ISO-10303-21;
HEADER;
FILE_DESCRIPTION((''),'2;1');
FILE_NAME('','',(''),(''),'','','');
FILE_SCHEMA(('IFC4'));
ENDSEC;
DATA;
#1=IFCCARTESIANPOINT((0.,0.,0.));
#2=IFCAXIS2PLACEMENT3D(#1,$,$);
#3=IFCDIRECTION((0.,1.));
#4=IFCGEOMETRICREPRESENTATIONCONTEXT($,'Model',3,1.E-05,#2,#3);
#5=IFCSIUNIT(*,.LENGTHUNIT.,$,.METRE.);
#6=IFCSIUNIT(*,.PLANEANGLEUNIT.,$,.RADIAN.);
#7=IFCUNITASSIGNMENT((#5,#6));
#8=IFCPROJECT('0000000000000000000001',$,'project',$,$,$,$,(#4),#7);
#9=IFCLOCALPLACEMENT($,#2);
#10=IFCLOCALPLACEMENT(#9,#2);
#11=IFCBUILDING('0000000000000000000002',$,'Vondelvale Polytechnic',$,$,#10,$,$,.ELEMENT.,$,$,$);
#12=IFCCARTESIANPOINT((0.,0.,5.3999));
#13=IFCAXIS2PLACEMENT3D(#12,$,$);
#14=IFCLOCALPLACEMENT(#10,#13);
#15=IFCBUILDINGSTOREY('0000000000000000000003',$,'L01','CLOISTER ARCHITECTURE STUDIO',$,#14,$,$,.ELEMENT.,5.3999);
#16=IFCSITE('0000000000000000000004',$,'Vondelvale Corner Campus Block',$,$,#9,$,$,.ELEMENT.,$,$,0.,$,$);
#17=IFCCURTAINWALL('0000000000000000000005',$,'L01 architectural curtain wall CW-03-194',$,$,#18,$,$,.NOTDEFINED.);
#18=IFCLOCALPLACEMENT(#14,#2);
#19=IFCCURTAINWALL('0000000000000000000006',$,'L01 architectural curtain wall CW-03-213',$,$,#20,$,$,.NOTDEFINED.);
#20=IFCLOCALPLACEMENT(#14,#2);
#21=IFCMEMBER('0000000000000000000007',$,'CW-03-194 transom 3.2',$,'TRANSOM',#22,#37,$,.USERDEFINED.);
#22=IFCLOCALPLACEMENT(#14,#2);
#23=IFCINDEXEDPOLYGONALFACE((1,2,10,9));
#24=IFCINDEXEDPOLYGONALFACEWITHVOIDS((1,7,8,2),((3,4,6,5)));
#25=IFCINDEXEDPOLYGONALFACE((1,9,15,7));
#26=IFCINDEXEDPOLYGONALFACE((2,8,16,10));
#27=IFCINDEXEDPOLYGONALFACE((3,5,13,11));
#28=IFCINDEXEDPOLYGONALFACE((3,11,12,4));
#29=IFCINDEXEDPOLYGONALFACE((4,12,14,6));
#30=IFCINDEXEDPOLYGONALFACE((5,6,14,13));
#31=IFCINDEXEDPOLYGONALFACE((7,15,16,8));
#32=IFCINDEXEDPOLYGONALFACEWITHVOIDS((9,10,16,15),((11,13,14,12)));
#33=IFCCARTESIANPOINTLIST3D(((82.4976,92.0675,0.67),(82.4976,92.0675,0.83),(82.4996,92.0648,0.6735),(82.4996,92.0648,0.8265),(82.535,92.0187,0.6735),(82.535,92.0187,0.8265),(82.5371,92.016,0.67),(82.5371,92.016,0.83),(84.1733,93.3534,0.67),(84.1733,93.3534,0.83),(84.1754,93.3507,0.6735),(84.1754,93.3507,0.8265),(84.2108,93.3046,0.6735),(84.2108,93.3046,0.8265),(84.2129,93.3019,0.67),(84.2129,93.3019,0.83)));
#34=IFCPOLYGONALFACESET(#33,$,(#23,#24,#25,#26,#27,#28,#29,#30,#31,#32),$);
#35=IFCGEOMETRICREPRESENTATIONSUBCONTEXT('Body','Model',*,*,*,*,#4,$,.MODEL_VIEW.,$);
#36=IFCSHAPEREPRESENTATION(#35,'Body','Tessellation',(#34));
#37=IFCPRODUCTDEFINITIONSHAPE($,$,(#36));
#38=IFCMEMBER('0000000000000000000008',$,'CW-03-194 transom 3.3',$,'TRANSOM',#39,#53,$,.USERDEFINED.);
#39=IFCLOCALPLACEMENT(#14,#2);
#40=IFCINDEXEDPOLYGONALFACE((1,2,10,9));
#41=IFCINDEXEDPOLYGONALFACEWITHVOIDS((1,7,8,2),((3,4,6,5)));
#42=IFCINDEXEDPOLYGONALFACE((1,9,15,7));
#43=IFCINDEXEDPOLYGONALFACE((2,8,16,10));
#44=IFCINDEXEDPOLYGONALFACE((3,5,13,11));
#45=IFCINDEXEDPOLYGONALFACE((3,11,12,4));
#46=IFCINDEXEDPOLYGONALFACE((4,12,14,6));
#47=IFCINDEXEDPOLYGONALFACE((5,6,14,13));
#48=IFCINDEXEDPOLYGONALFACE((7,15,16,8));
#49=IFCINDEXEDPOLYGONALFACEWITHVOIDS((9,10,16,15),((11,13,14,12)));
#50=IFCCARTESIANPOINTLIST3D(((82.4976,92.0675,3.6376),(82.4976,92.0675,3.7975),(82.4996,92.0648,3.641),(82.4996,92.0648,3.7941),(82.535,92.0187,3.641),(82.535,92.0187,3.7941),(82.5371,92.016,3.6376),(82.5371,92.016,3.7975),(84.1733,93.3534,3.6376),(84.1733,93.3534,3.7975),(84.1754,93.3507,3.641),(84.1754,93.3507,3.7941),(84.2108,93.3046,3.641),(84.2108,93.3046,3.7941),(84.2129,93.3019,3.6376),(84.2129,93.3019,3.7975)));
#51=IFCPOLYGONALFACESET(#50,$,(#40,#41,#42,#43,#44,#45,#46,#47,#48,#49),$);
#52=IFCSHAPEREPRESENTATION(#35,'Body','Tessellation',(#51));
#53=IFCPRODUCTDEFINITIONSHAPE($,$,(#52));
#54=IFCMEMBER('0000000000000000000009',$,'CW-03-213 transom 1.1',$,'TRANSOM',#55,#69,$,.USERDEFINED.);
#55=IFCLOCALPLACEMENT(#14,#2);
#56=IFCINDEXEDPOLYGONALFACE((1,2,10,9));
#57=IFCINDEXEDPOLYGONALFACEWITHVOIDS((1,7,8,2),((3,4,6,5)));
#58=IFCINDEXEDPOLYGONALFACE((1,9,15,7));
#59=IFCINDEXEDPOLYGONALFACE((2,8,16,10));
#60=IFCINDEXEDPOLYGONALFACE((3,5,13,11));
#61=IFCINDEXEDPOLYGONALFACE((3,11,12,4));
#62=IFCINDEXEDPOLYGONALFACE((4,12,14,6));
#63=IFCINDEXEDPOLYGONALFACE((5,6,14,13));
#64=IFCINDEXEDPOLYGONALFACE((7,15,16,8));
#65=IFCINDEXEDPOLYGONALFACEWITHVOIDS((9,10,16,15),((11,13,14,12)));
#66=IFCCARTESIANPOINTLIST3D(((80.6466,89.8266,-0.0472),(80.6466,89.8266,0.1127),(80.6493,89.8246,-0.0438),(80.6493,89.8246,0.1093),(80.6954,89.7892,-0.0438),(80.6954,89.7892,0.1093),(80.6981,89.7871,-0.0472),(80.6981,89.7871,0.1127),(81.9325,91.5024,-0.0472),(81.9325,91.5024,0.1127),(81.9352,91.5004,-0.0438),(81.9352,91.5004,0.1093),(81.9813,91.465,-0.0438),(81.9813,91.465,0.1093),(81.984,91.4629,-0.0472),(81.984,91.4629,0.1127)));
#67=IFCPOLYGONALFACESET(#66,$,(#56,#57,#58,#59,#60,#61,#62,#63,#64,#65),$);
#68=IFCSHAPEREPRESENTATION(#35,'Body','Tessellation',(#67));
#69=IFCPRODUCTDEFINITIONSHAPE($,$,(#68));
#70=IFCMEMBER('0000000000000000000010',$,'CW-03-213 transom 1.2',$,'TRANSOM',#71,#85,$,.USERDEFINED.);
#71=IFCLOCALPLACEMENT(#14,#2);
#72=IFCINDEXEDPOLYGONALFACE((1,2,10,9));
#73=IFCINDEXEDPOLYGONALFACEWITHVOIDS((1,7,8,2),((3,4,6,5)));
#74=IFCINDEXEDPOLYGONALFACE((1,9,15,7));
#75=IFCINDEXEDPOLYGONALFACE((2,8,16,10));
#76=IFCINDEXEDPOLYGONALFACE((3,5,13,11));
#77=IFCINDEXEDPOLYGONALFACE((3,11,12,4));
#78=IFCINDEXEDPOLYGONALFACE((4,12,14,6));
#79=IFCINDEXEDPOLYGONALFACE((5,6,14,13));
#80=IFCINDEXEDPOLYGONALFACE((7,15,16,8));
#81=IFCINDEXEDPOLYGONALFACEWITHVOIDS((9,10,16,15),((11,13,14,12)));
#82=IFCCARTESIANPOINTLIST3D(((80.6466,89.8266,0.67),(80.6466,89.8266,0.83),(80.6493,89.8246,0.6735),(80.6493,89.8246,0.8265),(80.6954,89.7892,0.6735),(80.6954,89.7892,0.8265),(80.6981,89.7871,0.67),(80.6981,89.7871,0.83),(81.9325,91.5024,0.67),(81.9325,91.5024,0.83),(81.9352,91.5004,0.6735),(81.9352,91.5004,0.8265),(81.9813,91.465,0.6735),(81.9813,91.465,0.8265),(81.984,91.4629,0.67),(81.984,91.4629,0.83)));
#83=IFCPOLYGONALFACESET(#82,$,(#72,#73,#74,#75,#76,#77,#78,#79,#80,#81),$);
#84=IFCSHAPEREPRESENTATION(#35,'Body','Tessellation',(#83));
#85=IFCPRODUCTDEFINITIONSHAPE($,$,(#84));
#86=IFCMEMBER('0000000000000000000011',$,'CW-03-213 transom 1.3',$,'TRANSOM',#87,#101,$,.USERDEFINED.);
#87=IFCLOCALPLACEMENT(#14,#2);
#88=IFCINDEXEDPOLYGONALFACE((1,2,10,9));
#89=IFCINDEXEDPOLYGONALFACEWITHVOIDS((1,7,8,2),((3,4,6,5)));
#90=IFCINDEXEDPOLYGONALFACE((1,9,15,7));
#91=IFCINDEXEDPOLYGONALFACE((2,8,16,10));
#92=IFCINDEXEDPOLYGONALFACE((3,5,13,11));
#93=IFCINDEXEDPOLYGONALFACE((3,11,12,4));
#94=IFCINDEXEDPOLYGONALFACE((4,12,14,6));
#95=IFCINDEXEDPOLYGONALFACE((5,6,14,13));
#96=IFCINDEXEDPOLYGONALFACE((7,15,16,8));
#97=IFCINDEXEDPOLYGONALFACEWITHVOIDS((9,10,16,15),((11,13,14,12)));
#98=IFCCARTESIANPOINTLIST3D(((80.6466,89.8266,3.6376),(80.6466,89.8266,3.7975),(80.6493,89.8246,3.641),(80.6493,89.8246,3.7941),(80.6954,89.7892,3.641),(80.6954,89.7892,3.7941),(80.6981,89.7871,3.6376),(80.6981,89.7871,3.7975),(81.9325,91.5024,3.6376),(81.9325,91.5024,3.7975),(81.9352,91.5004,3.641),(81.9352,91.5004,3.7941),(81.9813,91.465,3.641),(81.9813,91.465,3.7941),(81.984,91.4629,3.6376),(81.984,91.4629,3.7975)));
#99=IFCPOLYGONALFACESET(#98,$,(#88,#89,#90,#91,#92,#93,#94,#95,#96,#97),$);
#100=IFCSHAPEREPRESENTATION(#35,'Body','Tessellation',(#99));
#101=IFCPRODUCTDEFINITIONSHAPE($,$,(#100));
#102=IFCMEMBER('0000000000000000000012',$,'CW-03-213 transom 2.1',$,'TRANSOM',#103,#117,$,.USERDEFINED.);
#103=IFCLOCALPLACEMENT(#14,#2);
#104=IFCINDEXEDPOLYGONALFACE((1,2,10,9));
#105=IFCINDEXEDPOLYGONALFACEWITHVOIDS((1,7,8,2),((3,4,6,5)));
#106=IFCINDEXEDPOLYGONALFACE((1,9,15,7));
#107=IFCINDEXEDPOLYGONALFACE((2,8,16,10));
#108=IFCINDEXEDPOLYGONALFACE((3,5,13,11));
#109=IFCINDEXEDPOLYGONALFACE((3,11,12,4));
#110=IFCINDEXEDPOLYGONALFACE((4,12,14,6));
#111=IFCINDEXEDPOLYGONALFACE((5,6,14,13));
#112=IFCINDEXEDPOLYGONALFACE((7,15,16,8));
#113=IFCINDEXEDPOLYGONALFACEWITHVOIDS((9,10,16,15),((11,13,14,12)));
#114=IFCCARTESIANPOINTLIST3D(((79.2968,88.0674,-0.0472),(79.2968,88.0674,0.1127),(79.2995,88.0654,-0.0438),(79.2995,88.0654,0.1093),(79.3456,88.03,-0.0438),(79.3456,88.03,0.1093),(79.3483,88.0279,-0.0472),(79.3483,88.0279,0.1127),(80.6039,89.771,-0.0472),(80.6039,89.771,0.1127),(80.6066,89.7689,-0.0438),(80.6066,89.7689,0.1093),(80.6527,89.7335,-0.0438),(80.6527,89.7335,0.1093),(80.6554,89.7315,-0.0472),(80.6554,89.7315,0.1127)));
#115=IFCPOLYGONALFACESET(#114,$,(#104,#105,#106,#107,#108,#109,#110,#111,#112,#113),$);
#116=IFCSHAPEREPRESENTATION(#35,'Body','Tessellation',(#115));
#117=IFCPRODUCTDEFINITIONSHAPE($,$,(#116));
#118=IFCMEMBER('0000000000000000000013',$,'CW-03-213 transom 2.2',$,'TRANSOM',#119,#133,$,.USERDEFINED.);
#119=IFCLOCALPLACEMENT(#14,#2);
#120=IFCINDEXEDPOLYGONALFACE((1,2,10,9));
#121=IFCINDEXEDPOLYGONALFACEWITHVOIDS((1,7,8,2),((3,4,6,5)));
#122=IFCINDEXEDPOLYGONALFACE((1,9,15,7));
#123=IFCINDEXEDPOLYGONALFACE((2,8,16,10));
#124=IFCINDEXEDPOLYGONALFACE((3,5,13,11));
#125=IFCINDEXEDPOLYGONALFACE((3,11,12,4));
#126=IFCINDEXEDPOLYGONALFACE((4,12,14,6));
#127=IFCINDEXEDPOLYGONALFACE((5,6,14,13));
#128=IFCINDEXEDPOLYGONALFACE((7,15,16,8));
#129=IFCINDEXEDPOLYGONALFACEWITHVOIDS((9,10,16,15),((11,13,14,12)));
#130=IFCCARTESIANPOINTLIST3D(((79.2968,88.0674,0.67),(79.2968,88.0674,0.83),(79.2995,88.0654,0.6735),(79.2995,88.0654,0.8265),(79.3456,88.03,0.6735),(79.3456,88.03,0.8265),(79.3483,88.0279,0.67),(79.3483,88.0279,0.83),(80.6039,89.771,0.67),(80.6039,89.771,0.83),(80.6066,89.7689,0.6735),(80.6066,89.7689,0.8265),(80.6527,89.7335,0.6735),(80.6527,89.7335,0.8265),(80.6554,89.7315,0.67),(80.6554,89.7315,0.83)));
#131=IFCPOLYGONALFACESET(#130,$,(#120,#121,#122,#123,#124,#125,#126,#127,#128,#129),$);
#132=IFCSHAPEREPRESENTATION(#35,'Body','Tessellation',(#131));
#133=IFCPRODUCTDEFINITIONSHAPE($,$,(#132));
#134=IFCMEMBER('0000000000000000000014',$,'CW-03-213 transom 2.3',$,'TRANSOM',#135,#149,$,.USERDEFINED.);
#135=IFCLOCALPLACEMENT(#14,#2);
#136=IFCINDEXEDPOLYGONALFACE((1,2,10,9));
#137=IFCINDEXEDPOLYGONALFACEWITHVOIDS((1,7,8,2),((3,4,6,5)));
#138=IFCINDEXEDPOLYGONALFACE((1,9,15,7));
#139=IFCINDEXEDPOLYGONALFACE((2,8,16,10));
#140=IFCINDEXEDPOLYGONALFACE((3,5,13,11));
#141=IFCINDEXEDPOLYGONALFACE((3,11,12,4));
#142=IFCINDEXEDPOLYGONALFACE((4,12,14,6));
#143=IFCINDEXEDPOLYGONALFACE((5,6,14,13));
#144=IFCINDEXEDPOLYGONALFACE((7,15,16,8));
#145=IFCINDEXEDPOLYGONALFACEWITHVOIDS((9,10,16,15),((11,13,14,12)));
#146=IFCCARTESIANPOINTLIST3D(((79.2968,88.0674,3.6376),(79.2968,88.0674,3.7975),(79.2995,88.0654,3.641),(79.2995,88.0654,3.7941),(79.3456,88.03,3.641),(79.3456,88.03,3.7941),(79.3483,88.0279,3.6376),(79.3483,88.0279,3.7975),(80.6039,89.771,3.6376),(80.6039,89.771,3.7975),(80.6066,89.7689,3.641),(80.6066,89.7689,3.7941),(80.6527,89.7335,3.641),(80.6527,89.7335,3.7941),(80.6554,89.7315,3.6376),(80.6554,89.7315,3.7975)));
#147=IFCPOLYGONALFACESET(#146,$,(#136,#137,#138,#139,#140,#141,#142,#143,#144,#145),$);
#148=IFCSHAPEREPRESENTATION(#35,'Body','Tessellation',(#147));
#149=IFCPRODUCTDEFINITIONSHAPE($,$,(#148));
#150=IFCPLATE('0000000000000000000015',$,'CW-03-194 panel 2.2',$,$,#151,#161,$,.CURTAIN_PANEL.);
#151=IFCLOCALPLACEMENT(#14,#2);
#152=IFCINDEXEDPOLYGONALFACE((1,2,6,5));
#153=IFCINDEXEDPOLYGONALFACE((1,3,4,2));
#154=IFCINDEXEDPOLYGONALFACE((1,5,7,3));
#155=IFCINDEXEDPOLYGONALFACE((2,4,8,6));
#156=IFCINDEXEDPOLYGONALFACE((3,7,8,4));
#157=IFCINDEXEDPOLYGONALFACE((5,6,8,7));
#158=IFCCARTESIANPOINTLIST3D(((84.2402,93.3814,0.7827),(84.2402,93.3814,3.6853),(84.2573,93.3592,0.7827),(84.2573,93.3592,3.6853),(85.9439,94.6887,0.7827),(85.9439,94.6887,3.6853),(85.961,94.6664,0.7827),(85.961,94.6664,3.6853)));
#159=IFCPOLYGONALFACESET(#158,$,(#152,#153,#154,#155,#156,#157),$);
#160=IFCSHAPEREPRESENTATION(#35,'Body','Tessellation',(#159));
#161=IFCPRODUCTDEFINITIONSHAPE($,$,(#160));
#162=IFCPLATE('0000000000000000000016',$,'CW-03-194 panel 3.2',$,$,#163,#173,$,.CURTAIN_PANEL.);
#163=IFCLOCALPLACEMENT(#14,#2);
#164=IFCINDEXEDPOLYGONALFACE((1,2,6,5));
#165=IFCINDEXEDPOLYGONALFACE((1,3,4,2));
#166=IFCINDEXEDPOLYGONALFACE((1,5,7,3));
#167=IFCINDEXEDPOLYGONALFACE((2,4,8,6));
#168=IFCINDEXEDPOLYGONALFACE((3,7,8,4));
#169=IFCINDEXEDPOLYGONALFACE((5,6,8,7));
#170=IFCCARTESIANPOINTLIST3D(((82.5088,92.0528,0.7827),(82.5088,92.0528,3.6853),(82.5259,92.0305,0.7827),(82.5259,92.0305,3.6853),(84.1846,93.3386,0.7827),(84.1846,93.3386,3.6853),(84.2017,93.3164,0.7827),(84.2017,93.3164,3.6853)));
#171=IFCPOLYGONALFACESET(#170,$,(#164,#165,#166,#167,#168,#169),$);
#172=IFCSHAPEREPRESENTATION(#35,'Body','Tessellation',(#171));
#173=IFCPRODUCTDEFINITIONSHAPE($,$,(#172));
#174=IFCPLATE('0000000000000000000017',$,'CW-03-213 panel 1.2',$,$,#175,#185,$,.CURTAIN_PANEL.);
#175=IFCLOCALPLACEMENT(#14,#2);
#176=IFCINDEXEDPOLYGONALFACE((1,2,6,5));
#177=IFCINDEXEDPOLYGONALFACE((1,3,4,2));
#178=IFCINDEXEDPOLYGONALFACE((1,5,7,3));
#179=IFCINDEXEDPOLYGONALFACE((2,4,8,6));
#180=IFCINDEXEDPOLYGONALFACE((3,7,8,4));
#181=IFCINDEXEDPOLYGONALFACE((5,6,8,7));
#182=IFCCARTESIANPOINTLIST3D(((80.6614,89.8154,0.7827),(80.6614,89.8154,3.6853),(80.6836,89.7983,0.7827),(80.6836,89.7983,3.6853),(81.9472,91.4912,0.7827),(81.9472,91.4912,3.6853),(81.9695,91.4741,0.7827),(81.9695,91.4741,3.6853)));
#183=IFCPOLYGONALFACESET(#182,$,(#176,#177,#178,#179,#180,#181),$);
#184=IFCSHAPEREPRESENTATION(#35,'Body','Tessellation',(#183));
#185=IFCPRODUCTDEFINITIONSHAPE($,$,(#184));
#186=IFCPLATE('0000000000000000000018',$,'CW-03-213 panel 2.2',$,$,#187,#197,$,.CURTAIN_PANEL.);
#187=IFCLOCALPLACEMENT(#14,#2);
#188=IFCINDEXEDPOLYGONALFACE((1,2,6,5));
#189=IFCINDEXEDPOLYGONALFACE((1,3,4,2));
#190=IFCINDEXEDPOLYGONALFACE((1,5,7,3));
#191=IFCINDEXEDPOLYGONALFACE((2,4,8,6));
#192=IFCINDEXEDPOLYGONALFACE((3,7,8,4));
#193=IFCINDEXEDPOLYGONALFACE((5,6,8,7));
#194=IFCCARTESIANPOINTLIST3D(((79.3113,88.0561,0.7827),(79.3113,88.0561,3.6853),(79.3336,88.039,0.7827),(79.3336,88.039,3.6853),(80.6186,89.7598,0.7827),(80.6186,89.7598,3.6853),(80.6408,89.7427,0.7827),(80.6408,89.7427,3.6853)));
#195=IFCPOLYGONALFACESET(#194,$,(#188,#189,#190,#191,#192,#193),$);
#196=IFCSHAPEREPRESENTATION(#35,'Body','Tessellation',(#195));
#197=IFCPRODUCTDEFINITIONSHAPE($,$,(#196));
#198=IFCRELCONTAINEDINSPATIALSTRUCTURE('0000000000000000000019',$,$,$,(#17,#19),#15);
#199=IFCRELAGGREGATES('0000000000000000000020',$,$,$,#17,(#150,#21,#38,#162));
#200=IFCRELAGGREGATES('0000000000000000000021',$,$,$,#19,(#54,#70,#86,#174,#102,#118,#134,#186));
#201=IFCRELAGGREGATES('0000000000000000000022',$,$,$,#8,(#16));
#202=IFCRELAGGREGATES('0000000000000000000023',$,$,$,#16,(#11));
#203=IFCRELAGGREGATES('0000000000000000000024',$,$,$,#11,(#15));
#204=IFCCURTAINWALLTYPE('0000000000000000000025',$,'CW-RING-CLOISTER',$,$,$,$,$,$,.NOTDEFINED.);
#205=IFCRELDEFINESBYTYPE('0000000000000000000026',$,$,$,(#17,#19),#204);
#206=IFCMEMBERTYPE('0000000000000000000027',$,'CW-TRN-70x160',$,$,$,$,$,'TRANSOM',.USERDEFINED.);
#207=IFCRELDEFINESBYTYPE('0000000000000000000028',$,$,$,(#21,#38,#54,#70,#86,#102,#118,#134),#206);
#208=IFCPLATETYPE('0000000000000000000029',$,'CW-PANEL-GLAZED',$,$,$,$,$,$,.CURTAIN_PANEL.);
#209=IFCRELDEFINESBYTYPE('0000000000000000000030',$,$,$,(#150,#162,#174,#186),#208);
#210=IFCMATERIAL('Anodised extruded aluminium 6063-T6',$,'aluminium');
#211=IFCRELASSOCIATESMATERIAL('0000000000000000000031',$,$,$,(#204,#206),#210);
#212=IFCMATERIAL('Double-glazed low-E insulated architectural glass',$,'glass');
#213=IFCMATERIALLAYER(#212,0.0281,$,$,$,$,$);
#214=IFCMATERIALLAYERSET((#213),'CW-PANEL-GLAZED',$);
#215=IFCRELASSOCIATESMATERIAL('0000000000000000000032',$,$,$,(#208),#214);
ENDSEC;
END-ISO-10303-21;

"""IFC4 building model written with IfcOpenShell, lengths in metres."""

from ifc_helpers import new_model, si_unit, direction, frame, origin, origin_2d, place, context, subcontext, project, spatial, rectangle, hollow_rectangle, extrude, material, layer, layer_set, material_profile, profile_set, type_object, element, aggregate, save


model = new_model("IFC4")

# Units and contexts
model_context = context("Model", 3, precision=1e-05, world=origin(), true_north=direction((0.0, 1.0)))
body_context = subcontext(model_context, "Body", "Model", "MODEL_VIEW")
ifc_project = project(units=[si_unit("LENGTHUNIT", "METRE"), si_unit("PLANEANGLEUNIT", "RADIAN")], contexts=[model_context])

# Site, building, storey
site_placement = place(None, origin())
site = spatial("IfcSite", under=ifc_project, at=site_placement, Name="Vondelvale Corner Campus Block", CompositionType="ELEMENT", RefElevation=0.0)
building_placement = place(site_placement, origin())
building = spatial("IfcBuilding", under=site, at=building_placement, Name="Vondelvale Polytechnic", CompositionType="ELEMENT")
storey_placement = place(building_placement, frame((0.0, 0.0, 5.3999)))
storey = spatial("IfcBuildingStorey", under=building, at=storey_placement, Name="L01", Description="CLOISTER ARCHITECTURE STUDIO", CompositionType="ELEMENT", Elevation=5.3999)

# Curtain walls
ifc_material_1 = material(Name="Anodised extruded aluminium 6063-T6", Category="aluminium")
curtain_wall_type = type_object("IfcCurtainWallType", Name="CW-RING-CLOISTER", PredefinedType="NOTDEFINED", material=ifc_material_1)
curtain_wall_1_placement = place(storey_placement, origin())
curtain_wall_1 = element("IfcCurtainWall", 1, at=curtain_wall_1_placement, inside=storey, type_object=curtain_wall_type, Name="L01 architectural curtain wall CW-03-194", PredefinedType="NOTDEFINED")
curtain_wall_2_placement = place(storey_placement, origin())
curtain_wall_2 = element("IfcCurtainWall", 2, at=curtain_wall_2_placement, inside=storey, type_object=curtain_wall_type, Name="L01 architectural curtain wall CW-03-213", PredefinedType="NOTDEFINED")

# Members
ifc_material_profile_1 = material_profile(ifc_material_1, hollow_rectangle(XDim=0.0649, YDim=0.1599, WallThickness=0.0034, at=origin_2d()), Name="CW-TRN-160x65")
ifc_profile_set_1 = profile_set([ifc_material_profile_1], Name="Anodised extruded aluminium 6063-T6")
member_type_1 = type_object("IfcMemberType", Name="CW-TRN-70x160", ElementType="TRANSOM", PredefinedType="USERDEFINED", material=ifc_profile_set_1)
member_1_placement = place(storey_placement, frame((84.1931, 93.3276, 0.75), z_axis=(-0.79335, -0.608766, 0.0), x_axis=(0.608766, -0.79335, 0.0)))
member_1 = element("IfcMember", 3, at=member_1_placement, type_object=member_type_1, Name="CW-03-194 transom 3.2", ObjectType="TRANSOM", PredefinedType="USERDEFINED", context=body_context, shape_type="SweptSolid", body=[
    extrude(hollow_rectangle(XDim=0.0649, YDim=0.1599, WallThickness=0.0034, at=origin_2d()), origin(), (0.0, 0.0, 1.0), 2.1123),
])
member_2_placement = place(storey_placement, frame((84.1931, 93.3276, 3.7175), z_axis=(-0.79335, -0.608766, 0.0), x_axis=(0.608766, -0.79335, 0.0)))
member_2 = element("IfcMember", 4, at=member_2_placement, type_object=member_type_1, Name="CW-03-194 transom 3.3", ObjectType="TRANSOM", PredefinedType="USERDEFINED", context=body_context, shape_type="SweptSolid", body=[
    extrude(hollow_rectangle(XDim=0.0649, YDim=0.1599, WallThickness=0.0034, at=origin_2d()), origin(), (0.0, 0.0, 1.0), 2.1123),
])
member_3_placement = place(storey_placement, frame((81.9583, 91.4827, 0.0327), z_axis=(-0.608766, -0.79335, 0.0), x_axis=(0.79335, -0.608766, 0.0)))
member_3 = element("IfcMember", 5, at=member_3_placement, type_object=member_type_1, Name="CW-03-213 transom 1.1", ObjectType="TRANSOM", PredefinedType="USERDEFINED", context=body_context, shape_type="SweptSolid", body=[
    extrude(hollow_rectangle(XDim=0.0649, YDim=0.1599, WallThickness=0.0034, at=origin_2d()), origin(), (0.0, 0.0, 1.0), 2.1123),
])
member_4_placement = place(storey_placement, frame((81.9583, 91.4827, 0.75), z_axis=(-0.608766, -0.79335, 0.0), x_axis=(0.79335, -0.608766, 0.0)))
member_4 = element("IfcMember", 6, at=member_4_placement, type_object=member_type_1, Name="CW-03-213 transom 1.2", ObjectType="TRANSOM", PredefinedType="USERDEFINED", context=body_context, shape_type="SweptSolid", body=[
    extrude(hollow_rectangle(XDim=0.0649, YDim=0.1599, WallThickness=0.0034, at=origin_2d()), origin(), (0.0, 0.0, 1.0), 2.1123),
])
member_5_placement = place(storey_placement, frame((81.9583, 91.4827, 3.7175), z_axis=(-0.608766, -0.79335, 0.0), x_axis=(0.79335, -0.608766, 0.0)))
member_5 = element("IfcMember", 7, at=member_5_placement, type_object=member_type_1, Name="CW-03-213 transom 1.3", ObjectType="TRANSOM", PredefinedType="USERDEFINED", context=body_context, shape_type="SweptSolid", body=[
    extrude(hollow_rectangle(XDim=0.0649, YDim=0.1599, WallThickness=0.0034, at=origin_2d()), origin(), (0.0, 0.0, 1.0), 2.1123),
])
member_6_placement = place(storey_placement, frame((80.6296, 89.7512, 0.0327), z_axis=(-0.608732, -0.793376, 0.0), x_axis=(0.793376, -0.608732, 0.0)))
member_6 = element("IfcMember", 8, at=member_6_placement, type_object=member_type_1, Name="CW-03-213 transom 2.1", ObjectType="TRANSOM", PredefinedType="USERDEFINED", context=body_context, shape_type="SweptSolid", body=[
    extrude(hollow_rectangle(XDim=0.0649, YDim=0.1599, WallThickness=0.0034, at=origin_2d()), origin(), (0.0, 0.0, 1.0), 2.1472),
])
member_7_placement = place(storey_placement, frame((80.6296, 89.7512, 0.75), z_axis=(-0.608732, -0.793376, 0.0), x_axis=(0.793376, -0.608732, 0.0)))
member_7 = element("IfcMember", 9, at=member_7_placement, type_object=member_type_1, Name="CW-03-213 transom 2.2", ObjectType="TRANSOM", PredefinedType="USERDEFINED", context=body_context, shape_type="SweptSolid", body=[
    extrude(hollow_rectangle(XDim=0.0649, YDim=0.1599, WallThickness=0.0034, at=origin_2d()), origin(), (0.0, 0.0, 1.0), 2.1472),
])
member_8_placement = place(storey_placement, frame((80.6296, 89.7512, 3.7175), z_axis=(-0.608732, -0.793376, 0.0), x_axis=(0.793376, -0.608732, 0.0)))
member_8 = element("IfcMember", 10, at=member_8_placement, type_object=member_type_1, Name="CW-03-213 transom 2.3", ObjectType="TRANSOM", PredefinedType="USERDEFINED", context=body_context, shape_type="SweptSolid", body=[
    extrude(hollow_rectangle(XDim=0.0649, YDim=0.1599, WallThickness=0.0034, at=origin_2d()), origin(), (0.0, 0.0, 1.0), 2.1472),
])

# Plates
ifc_material_2 = material(Name="Double-glazed low-E insulated architectural glass", Category="glass")
ifc_layer_1 = layer(ifc_material_2, 0.0281)
ifc_layer_set_1 = layer_set([ifc_layer_1], Name="CW-PANEL-GLAZED")
plate_type_1 = type_object("IfcPlateType", Name="CW-PANEL-GLAZED", PredefinedType="CURTAIN_PANEL", material=ifc_layer_set_1)
plate_1_placement = place(storey_placement, frame((85.1006, 94.0239, 0.7827), z_axis=(0.0, 0.0, 1.0), x_axis=(-0.793364, -0.608748, 0.0)))
plate_1 = element("IfcPlate", 11, at=plate_1_placement, type_object=plate_type_1, Name="CW-03-194 panel 2.2", PredefinedType="CURTAIN_PANEL", context=body_context, shape_type="SweptSolid", body=[
    extrude(rectangle(XDim=2.1475, YDim=0.0281, at=origin_2d()), origin(), (0.0, 0.0, 1.0), 2.9026),
])
plate_2_placement = place(storey_placement, frame((83.3552, 92.6846, 0.7827), z_axis=(0.0, 0.0, 1.0), x_axis=(-0.793364, -0.608748, 0.0)))
plate_2 = element("IfcPlate", 12, at=plate_2_placement, type_object=plate_type_1, Name="CW-03-194 panel 3.2", PredefinedType="CURTAIN_PANEL", context=body_context, shape_type="SweptSolid", body=[
    extrude(rectangle(XDim=2.1123, YDim=0.0281, at=origin_2d()), origin(), (0.0, 0.0, 1.0), 2.9026),
])
plate_3_placement = place(storey_placement, frame((81.3154, 90.6448, 0.7827), z_axis=(0.0, 0.0, 1.0), x_axis=(-0.608748, -0.793364, 0.0)))
plate_3 = element("IfcPlate", 13, at=plate_3_placement, type_object=plate_type_1, Name="CW-03-213 panel 1.2", PredefinedType="CURTAIN_PANEL", context=body_context, shape_type="SweptSolid", body=[
    extrude(rectangle(XDim=2.1123, YDim=0.0281, at=origin_2d()), origin(), (0.0, 0.0, 1.0), 2.9026),
])
plate_4_placement = place(storey_placement, frame((79.9761, 88.8994, 0.7827), z_axis=(0.0, 0.0, 1.0), x_axis=(-0.608748, -0.793364, 0.0)))
plate_4 = element("IfcPlate", 14, at=plate_4_placement, type_object=plate_type_1, Name="CW-03-213 panel 2.2", PredefinedType="CURTAIN_PANEL", context=body_context, shape_type="SweptSolid", body=[
    extrude(rectangle(XDim=2.1475, YDim=0.0281, at=origin_2d()), origin(), (0.0, 0.0, 1.0), 2.9026),
])
aggregate(curtain_wall_1, [plate_1, member_1, member_2, plate_2])
aggregate(curtain_wall_2, [member_3, member_4, member_5, plate_3, member_6, member_7, member_8, plate_4])

save(model, "model.ifc")
